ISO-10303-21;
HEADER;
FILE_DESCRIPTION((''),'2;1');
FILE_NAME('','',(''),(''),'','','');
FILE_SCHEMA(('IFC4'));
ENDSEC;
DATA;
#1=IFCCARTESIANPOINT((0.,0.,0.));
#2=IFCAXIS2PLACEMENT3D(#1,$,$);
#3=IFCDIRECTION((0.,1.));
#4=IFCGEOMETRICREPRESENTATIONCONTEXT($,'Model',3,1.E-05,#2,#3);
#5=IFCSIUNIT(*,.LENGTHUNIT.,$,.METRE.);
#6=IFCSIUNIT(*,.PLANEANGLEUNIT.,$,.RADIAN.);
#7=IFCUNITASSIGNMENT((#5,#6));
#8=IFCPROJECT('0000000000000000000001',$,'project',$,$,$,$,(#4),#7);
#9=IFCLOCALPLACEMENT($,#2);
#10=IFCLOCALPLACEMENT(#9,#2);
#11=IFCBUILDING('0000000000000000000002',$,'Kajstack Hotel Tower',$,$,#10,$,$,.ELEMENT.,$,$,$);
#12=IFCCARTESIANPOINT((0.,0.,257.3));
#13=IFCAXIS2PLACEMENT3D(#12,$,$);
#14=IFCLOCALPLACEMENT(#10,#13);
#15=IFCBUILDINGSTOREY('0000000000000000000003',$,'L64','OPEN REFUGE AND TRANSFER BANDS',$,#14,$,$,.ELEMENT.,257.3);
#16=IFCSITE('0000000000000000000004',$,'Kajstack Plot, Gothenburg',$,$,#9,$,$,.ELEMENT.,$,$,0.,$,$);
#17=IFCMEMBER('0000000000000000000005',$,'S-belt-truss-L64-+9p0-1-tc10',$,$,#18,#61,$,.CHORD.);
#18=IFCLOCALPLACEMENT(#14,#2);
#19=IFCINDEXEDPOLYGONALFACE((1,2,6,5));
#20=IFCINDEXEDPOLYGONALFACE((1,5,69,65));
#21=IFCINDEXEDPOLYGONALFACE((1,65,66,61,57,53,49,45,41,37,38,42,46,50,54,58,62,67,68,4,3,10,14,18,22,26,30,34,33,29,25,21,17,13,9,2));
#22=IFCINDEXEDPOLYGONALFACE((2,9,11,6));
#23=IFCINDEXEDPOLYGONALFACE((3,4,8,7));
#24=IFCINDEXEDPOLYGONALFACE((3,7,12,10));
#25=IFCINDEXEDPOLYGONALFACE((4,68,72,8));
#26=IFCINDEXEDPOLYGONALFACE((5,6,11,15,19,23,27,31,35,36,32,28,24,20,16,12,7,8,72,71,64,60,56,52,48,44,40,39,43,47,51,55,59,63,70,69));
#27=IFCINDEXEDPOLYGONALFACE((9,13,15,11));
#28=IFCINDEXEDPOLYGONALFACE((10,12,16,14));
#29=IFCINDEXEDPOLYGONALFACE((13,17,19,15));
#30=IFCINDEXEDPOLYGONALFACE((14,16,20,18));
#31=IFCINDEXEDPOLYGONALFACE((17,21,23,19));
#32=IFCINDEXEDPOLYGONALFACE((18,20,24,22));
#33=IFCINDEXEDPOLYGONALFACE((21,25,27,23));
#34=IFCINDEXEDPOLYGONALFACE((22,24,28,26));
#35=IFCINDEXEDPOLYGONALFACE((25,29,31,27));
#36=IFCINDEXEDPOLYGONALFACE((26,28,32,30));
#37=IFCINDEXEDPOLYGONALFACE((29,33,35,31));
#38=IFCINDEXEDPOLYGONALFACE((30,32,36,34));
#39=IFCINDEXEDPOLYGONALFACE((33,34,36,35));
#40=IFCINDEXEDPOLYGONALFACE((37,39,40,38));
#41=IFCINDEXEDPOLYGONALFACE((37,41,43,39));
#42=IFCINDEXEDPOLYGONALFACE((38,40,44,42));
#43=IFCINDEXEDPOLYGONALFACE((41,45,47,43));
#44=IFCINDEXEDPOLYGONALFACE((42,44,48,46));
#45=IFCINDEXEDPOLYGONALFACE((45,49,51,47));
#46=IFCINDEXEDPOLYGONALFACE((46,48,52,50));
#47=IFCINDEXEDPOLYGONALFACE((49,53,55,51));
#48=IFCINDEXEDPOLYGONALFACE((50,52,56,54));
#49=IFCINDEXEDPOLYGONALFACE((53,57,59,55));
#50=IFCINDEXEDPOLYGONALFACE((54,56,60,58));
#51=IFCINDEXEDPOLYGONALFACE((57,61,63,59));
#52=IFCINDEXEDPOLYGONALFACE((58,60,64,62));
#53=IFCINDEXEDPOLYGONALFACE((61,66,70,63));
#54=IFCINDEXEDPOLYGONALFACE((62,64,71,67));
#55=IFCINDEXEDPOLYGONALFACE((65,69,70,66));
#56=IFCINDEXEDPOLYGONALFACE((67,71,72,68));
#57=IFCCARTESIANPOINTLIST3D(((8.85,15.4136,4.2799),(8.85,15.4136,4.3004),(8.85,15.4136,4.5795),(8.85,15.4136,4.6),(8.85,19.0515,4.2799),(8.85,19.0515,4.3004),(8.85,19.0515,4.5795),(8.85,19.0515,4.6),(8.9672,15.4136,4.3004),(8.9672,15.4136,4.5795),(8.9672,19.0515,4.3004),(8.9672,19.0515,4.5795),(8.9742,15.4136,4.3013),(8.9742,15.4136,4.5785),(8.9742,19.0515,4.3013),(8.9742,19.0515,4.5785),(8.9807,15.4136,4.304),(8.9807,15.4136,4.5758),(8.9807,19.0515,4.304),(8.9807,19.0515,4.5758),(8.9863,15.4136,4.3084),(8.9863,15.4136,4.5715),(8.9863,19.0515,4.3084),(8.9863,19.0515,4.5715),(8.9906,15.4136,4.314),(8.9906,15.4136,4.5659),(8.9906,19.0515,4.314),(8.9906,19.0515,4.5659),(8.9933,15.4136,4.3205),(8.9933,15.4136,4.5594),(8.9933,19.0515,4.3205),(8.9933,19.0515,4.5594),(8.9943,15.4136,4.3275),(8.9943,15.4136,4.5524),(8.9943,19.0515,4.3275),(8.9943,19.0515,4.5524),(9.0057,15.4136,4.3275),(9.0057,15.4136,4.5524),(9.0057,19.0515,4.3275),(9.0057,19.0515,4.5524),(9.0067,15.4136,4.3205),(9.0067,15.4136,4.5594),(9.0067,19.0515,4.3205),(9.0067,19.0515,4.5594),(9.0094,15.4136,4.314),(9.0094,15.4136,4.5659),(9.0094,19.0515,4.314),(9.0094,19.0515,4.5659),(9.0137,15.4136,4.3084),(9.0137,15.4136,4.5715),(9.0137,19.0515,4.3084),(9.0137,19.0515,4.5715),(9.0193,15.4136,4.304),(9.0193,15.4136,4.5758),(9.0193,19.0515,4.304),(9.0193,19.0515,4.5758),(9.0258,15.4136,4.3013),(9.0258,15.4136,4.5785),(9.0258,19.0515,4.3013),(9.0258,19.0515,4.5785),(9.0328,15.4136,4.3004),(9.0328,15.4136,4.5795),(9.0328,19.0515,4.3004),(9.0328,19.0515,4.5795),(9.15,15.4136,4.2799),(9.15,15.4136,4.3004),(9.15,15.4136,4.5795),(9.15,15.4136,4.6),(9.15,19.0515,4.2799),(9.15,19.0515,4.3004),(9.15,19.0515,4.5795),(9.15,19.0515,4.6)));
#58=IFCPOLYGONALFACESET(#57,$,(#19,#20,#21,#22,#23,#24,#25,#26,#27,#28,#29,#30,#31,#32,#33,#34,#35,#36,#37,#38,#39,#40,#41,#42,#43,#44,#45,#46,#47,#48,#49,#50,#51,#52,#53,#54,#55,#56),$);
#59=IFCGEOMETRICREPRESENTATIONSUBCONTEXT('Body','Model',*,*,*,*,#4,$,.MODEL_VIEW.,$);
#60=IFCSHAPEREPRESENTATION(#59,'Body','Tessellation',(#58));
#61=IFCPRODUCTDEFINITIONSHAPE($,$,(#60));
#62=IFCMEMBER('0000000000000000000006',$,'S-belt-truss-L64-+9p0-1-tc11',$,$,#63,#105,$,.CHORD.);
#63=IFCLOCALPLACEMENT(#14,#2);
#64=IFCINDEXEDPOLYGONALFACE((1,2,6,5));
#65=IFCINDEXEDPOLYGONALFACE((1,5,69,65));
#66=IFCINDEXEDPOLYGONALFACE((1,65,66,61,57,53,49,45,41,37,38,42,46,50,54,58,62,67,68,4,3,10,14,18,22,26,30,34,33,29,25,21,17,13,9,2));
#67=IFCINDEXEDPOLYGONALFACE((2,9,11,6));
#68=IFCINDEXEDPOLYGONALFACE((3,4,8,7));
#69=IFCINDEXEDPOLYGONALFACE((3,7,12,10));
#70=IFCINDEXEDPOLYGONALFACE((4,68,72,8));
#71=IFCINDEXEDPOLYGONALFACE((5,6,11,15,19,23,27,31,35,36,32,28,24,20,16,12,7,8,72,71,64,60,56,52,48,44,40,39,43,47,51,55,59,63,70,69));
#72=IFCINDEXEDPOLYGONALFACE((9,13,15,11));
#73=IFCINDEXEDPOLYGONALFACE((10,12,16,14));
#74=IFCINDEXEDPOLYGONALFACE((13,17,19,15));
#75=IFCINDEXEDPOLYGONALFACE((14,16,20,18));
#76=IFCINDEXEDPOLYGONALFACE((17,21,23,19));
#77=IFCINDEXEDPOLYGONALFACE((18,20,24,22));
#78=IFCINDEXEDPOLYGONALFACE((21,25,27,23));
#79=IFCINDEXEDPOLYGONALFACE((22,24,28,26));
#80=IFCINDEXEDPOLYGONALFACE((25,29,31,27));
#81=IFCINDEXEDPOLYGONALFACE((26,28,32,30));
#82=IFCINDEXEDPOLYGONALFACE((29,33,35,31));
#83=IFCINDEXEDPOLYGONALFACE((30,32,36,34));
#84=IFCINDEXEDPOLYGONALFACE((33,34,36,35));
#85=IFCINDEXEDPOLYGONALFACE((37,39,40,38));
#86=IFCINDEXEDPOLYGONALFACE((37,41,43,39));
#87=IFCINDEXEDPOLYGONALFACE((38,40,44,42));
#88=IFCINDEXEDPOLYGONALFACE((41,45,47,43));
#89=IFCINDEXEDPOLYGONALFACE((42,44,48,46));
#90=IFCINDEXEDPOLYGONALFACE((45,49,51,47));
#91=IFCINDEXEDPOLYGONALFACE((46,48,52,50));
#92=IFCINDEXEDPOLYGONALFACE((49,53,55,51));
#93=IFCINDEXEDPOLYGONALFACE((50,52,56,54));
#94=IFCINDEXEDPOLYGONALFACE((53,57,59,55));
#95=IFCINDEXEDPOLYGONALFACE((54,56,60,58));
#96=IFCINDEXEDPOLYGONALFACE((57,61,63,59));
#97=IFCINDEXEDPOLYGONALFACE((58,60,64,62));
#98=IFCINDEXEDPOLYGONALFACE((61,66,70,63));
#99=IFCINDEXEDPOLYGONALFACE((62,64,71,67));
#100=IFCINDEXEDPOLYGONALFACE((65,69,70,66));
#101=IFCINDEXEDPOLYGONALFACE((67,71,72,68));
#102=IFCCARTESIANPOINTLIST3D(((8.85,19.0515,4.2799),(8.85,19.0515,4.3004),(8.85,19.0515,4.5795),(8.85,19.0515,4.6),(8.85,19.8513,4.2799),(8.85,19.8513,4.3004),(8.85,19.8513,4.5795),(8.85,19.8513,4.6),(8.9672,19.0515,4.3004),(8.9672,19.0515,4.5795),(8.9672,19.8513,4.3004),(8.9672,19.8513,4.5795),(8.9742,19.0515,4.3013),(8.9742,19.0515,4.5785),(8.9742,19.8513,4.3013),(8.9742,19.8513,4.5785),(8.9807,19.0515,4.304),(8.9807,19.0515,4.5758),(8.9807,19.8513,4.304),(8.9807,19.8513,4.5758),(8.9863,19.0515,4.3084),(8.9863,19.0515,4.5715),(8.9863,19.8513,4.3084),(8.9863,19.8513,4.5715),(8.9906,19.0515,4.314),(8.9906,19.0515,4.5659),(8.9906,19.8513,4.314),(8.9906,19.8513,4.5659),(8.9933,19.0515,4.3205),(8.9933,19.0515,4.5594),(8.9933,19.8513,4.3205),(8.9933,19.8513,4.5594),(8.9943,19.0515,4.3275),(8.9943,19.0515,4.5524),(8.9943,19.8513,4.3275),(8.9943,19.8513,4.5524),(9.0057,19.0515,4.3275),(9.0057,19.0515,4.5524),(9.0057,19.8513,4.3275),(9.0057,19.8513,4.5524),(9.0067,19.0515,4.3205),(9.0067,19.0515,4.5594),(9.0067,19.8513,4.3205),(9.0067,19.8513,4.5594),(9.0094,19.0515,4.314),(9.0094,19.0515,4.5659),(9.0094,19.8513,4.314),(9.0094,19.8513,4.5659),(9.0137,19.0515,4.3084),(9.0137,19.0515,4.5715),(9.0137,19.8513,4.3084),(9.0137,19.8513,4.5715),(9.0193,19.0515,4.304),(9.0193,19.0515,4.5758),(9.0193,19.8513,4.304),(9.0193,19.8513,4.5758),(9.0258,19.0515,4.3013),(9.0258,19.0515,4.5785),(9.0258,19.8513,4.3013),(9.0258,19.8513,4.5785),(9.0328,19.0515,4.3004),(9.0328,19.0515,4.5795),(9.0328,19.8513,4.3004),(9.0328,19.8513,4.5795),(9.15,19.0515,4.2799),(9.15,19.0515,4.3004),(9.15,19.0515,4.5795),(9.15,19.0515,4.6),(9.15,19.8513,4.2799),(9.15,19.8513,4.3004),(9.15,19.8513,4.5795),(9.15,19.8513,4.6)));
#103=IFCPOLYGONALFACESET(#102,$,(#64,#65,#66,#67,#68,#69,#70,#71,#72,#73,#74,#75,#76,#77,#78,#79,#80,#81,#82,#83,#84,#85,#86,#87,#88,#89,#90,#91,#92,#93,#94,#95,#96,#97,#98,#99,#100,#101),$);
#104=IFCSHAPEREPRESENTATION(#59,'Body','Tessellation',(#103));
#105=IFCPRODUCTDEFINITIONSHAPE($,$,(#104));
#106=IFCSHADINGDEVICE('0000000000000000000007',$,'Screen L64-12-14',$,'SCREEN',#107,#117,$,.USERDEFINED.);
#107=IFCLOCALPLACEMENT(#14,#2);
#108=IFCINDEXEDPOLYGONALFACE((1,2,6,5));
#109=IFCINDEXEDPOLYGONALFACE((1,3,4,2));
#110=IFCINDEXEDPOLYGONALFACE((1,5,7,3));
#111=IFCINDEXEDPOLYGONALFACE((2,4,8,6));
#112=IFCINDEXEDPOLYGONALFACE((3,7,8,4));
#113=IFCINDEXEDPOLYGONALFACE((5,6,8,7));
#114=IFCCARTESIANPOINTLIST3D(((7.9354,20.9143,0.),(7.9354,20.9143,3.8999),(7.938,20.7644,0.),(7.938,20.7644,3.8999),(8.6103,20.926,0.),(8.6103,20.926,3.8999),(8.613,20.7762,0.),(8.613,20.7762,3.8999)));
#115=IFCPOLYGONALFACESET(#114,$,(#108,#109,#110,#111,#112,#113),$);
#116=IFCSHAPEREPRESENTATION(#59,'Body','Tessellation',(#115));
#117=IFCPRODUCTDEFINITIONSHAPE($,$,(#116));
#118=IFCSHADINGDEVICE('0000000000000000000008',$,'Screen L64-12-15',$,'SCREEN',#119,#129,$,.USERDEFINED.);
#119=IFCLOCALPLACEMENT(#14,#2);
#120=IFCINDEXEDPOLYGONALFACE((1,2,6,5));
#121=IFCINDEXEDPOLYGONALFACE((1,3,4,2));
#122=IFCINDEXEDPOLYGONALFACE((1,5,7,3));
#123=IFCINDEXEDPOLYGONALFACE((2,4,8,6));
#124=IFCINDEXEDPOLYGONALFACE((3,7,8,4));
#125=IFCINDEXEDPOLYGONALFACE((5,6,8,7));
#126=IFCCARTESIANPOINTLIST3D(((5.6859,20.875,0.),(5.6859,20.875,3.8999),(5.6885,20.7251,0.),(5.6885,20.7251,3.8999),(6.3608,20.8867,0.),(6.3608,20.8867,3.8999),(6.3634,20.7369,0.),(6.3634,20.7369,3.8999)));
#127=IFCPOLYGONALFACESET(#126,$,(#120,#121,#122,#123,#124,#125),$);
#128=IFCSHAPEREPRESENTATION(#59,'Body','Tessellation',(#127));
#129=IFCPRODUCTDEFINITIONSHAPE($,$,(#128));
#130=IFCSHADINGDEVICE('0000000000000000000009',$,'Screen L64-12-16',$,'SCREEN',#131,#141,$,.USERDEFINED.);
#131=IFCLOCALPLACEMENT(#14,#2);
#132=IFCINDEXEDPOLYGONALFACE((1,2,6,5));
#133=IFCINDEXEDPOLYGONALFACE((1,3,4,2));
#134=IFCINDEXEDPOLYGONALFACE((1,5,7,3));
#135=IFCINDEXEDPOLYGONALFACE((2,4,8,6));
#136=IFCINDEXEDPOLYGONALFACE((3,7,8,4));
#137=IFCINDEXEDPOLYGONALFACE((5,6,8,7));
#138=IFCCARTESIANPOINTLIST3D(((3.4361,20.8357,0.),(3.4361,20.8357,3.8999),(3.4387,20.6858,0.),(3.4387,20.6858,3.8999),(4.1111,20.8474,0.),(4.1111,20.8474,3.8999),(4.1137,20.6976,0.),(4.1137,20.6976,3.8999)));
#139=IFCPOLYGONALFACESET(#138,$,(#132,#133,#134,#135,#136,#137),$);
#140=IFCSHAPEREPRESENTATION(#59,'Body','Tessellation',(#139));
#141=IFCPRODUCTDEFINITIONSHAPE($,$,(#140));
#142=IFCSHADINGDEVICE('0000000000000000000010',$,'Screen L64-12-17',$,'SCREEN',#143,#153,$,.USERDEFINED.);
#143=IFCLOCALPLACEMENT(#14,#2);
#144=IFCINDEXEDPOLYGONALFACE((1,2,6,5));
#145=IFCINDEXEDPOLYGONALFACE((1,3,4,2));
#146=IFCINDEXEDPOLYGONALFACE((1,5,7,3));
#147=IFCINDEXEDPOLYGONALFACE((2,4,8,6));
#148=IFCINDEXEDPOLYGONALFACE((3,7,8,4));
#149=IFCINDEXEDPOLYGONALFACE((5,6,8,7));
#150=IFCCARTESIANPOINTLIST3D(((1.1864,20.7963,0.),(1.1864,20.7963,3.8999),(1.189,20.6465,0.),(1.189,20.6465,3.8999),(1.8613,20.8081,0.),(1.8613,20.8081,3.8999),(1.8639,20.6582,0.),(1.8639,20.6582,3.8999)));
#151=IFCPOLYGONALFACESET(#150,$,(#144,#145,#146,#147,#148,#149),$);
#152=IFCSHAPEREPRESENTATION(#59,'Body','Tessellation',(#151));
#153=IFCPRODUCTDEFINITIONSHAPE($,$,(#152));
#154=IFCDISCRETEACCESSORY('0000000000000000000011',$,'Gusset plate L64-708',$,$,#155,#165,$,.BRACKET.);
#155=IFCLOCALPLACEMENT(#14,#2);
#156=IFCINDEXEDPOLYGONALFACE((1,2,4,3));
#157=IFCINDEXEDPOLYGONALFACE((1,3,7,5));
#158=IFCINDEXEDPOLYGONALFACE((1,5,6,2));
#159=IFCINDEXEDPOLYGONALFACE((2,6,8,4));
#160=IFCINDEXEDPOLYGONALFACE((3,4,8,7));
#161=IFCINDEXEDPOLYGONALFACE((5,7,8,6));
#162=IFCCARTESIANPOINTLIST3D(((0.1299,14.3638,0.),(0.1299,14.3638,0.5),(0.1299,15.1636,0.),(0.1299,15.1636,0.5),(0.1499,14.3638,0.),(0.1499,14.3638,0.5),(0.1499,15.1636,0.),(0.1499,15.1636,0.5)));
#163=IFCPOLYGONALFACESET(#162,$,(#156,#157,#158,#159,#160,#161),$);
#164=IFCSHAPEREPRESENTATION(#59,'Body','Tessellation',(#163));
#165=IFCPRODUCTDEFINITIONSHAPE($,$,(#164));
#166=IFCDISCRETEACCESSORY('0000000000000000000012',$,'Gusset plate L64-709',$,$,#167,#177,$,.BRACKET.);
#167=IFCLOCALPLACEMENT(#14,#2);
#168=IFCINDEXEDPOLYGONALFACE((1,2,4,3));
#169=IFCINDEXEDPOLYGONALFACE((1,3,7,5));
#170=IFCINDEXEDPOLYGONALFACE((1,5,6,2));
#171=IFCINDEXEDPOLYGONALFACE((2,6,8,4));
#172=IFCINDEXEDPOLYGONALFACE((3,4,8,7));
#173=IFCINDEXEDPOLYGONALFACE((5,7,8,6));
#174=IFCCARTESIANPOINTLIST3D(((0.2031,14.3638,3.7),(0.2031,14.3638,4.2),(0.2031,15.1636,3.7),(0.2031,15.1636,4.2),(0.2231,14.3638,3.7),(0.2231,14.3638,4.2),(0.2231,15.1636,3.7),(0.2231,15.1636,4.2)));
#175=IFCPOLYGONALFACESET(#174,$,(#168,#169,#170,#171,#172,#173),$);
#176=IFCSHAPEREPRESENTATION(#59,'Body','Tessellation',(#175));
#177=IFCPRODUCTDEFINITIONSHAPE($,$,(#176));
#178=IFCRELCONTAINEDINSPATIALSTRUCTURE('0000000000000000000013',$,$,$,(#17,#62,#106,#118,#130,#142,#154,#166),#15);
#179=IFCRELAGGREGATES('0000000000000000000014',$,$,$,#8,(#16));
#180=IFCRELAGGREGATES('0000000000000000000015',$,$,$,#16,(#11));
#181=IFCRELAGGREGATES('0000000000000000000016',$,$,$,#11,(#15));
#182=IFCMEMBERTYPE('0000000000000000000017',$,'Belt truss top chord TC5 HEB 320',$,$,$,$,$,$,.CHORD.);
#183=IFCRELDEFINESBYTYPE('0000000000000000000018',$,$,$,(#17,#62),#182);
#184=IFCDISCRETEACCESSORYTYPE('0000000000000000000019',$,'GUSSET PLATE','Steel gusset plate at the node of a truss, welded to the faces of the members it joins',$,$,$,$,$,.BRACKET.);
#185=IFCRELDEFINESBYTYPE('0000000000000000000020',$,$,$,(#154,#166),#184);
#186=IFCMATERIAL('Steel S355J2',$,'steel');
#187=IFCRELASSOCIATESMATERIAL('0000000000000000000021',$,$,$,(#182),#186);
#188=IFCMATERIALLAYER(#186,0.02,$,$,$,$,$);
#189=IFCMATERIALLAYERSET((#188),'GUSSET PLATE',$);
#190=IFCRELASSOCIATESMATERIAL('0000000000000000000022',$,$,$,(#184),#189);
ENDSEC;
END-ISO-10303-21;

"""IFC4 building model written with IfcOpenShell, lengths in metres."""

from ifc_helpers import new_model, si_unit, direction, frame, origin, origin_2d, place, context, subcontext, project, spatial, polyline, rectangle, i_section, outline, extrude, material, layer, layer_set, material_profile, profile_set, type_object, element, save


model = new_model("IFC4")

# Units and contexts
model_context = context("Model", 3, precision=1e-05, world=origin(), true_north=direction((0.0, 1.0)))
body_context = subcontext(model_context, "Body", "Model", "MODEL_VIEW")
ifc_project = project(units=[si_unit("LENGTHUNIT", "METRE"), si_unit("PLANEANGLEUNIT", "RADIAN")], contexts=[model_context])

# Site, building, storey
site_placement = place(None, origin())
site = spatial("IfcSite", under=ifc_project, at=site_placement, Name="Kajstack Plot, Gothenburg", CompositionType="ELEMENT", RefElevation=0.0)
building_placement = place(site_placement, origin())
building = spatial("IfcBuilding", under=site, at=building_placement, Name="Kajstack Hotel Tower", CompositionType="ELEMENT")
storey_placement = place(building_placement, frame((0.0, 0.0, 257.3)))
storey = spatial("IfcBuildingStorey", under=building, at=storey_placement, Name="L64", Description="OPEN REFUGE AND TRANSFER BANDS", CompositionType="ELEMENT", Elevation=257.3)

# Members
ifc_material = material(Name="Steel S355J2", Category="steel")
ifc_material_profile_1 = material_profile(ifc_material, i_section(OverallWidth=0.3, OverallDepth=0.3201, WebThickness=0.0115, FlangeThickness=0.0205, FilletRadius=0.0271, at=origin_2d()), Name="HEB 320")
ifc_profile_set_1 = profile_set([ifc_material_profile_1], Name="Steel S355J2")
member_type_1 = type_object("IfcMemberType", Name="Belt truss top chord TC5 HEB 320", PredefinedType="CHORD", material=ifc_profile_set_1)
member_1_placement = place(storey_placement, frame((9.0, 15.4136, 4.4399), z_axis=(0.0, 1.0, 0.0), x_axis=(-1.0, 0.0, 0.0)))
element("IfcMember", 1, at=member_1_placement, inside=storey, type_object=member_type_1, Name="S-belt-truss-L64-+9p0-1-tc10", PredefinedType="CHORD", context=body_context, shape_type="SweptSolid", body=[
    extrude(i_section(OverallWidth=0.3, OverallDepth=0.3201, WebThickness=0.0115, FlangeThickness=0.0205, FilletRadius=0.0271, at=origin_2d()), origin(), (0.0, 0.0, 1.0), 3.6379),
])
member_2_placement = place(storey_placement, frame((9.0, 19.0515, 4.4399), z_axis=(0.0, 1.0, 0.0), x_axis=(-1.0, 0.0, 0.0)))
element("IfcMember", 2, at=member_2_placement, inside=storey, type_object=member_type_1, Name="S-belt-truss-L64-+9p0-1-tc11", PredefinedType="CHORD", context=body_context, shape_type="SweptSolid", body=[
    extrude(i_section(OverallWidth=0.3, OverallDepth=0.3201, WebThickness=0.0115, FlangeThickness=0.0205, FilletRadius=0.0271, at=origin_2d()), origin(), (0.0, 0.0, 1.0), 0.7998),
])

# Shading devices
for number, where, z_axis, x_axis, name in (
    (3, (8.2742, 20.8452, 0.0), (0.0, 0.0, 1.0), (-0.999848, -0.017453, 0.0), "Screen L64-12-14"),
    (4, (6.0247, 20.8059, 0.0), (0.0, 0.0, 1.0), (-0.999848, -0.017453, 0.0), "Screen L64-12-15"),
    (5, (3.7749, 20.7666, 0.0), (0.0, 0.0, 1.0), (-0.999848, -0.017453, 0.0), "Screen L64-12-16"),
    (6, (1.5251, 20.7273, 0.0), (0.0, 0.0, 1.0), (-0.999848, -0.017453, 0.0), "Screen L64-12-17"),
):
    element("IfcShadingDevice", number, at=place(storey_placement, frame(where, z_axis=z_axis, x_axis=x_axis)), inside=storey, Name=name, ObjectType="SCREEN", PredefinedType="USERDEFINED", context=body_context, shape_type="SweptSolid", body=[
        extrude(rectangle(XDim=0.675, YDim=0.1499, at=origin_2d()), origin(), (0.0, 0.0, 1.0), 3.8999),
    ])

# Discrete accessories
ifc_layer = layer(ifc_material, 0.02)
ifc_layer_set = layer_set([ifc_layer], Name="GUSSET PLATE")
discrete_accessory_type = type_object("IfcDiscreteAccessoryType", Name="GUSSET PLATE", Description="Steel gusset plate at the node of a truss, welded to the faces of the members it joins", PredefinedType="BRACKET", material=ifc_layer_set)
for number, where, z_axis, x_axis, name in (
    (7, (0.1299, 14.7637, 0.0), (1.0, 0.0, 0.0), (0.0, 1.0, 0.0), "Gusset plate L64-708"),
    (8, (0.2031, 14.7637, 3.7), (1.0, 0.0, 0.0), (0.0, 1.0, 0.0), "Gusset plate L64-709"),
):
    element("IfcDiscreteAccessory", number, at=place(storey_placement, frame(where, z_axis=z_axis, x_axis=x_axis)), inside=storey, type_object=discrete_accessory_type, Name=name, PredefinedType="BRACKET", context=body_context, shape_type="SweptSolid", body=[
        extrude(outline(polyline([(-0.3999, 0.0), (0.3999, 0.0), (0.3999, 0.5), (-0.3999, 0.5), (-0.3999, 0.0)])), origin(), (0.0, 0.0, 1.0), 0.02),
    ])

save(model, "model.ifc")
